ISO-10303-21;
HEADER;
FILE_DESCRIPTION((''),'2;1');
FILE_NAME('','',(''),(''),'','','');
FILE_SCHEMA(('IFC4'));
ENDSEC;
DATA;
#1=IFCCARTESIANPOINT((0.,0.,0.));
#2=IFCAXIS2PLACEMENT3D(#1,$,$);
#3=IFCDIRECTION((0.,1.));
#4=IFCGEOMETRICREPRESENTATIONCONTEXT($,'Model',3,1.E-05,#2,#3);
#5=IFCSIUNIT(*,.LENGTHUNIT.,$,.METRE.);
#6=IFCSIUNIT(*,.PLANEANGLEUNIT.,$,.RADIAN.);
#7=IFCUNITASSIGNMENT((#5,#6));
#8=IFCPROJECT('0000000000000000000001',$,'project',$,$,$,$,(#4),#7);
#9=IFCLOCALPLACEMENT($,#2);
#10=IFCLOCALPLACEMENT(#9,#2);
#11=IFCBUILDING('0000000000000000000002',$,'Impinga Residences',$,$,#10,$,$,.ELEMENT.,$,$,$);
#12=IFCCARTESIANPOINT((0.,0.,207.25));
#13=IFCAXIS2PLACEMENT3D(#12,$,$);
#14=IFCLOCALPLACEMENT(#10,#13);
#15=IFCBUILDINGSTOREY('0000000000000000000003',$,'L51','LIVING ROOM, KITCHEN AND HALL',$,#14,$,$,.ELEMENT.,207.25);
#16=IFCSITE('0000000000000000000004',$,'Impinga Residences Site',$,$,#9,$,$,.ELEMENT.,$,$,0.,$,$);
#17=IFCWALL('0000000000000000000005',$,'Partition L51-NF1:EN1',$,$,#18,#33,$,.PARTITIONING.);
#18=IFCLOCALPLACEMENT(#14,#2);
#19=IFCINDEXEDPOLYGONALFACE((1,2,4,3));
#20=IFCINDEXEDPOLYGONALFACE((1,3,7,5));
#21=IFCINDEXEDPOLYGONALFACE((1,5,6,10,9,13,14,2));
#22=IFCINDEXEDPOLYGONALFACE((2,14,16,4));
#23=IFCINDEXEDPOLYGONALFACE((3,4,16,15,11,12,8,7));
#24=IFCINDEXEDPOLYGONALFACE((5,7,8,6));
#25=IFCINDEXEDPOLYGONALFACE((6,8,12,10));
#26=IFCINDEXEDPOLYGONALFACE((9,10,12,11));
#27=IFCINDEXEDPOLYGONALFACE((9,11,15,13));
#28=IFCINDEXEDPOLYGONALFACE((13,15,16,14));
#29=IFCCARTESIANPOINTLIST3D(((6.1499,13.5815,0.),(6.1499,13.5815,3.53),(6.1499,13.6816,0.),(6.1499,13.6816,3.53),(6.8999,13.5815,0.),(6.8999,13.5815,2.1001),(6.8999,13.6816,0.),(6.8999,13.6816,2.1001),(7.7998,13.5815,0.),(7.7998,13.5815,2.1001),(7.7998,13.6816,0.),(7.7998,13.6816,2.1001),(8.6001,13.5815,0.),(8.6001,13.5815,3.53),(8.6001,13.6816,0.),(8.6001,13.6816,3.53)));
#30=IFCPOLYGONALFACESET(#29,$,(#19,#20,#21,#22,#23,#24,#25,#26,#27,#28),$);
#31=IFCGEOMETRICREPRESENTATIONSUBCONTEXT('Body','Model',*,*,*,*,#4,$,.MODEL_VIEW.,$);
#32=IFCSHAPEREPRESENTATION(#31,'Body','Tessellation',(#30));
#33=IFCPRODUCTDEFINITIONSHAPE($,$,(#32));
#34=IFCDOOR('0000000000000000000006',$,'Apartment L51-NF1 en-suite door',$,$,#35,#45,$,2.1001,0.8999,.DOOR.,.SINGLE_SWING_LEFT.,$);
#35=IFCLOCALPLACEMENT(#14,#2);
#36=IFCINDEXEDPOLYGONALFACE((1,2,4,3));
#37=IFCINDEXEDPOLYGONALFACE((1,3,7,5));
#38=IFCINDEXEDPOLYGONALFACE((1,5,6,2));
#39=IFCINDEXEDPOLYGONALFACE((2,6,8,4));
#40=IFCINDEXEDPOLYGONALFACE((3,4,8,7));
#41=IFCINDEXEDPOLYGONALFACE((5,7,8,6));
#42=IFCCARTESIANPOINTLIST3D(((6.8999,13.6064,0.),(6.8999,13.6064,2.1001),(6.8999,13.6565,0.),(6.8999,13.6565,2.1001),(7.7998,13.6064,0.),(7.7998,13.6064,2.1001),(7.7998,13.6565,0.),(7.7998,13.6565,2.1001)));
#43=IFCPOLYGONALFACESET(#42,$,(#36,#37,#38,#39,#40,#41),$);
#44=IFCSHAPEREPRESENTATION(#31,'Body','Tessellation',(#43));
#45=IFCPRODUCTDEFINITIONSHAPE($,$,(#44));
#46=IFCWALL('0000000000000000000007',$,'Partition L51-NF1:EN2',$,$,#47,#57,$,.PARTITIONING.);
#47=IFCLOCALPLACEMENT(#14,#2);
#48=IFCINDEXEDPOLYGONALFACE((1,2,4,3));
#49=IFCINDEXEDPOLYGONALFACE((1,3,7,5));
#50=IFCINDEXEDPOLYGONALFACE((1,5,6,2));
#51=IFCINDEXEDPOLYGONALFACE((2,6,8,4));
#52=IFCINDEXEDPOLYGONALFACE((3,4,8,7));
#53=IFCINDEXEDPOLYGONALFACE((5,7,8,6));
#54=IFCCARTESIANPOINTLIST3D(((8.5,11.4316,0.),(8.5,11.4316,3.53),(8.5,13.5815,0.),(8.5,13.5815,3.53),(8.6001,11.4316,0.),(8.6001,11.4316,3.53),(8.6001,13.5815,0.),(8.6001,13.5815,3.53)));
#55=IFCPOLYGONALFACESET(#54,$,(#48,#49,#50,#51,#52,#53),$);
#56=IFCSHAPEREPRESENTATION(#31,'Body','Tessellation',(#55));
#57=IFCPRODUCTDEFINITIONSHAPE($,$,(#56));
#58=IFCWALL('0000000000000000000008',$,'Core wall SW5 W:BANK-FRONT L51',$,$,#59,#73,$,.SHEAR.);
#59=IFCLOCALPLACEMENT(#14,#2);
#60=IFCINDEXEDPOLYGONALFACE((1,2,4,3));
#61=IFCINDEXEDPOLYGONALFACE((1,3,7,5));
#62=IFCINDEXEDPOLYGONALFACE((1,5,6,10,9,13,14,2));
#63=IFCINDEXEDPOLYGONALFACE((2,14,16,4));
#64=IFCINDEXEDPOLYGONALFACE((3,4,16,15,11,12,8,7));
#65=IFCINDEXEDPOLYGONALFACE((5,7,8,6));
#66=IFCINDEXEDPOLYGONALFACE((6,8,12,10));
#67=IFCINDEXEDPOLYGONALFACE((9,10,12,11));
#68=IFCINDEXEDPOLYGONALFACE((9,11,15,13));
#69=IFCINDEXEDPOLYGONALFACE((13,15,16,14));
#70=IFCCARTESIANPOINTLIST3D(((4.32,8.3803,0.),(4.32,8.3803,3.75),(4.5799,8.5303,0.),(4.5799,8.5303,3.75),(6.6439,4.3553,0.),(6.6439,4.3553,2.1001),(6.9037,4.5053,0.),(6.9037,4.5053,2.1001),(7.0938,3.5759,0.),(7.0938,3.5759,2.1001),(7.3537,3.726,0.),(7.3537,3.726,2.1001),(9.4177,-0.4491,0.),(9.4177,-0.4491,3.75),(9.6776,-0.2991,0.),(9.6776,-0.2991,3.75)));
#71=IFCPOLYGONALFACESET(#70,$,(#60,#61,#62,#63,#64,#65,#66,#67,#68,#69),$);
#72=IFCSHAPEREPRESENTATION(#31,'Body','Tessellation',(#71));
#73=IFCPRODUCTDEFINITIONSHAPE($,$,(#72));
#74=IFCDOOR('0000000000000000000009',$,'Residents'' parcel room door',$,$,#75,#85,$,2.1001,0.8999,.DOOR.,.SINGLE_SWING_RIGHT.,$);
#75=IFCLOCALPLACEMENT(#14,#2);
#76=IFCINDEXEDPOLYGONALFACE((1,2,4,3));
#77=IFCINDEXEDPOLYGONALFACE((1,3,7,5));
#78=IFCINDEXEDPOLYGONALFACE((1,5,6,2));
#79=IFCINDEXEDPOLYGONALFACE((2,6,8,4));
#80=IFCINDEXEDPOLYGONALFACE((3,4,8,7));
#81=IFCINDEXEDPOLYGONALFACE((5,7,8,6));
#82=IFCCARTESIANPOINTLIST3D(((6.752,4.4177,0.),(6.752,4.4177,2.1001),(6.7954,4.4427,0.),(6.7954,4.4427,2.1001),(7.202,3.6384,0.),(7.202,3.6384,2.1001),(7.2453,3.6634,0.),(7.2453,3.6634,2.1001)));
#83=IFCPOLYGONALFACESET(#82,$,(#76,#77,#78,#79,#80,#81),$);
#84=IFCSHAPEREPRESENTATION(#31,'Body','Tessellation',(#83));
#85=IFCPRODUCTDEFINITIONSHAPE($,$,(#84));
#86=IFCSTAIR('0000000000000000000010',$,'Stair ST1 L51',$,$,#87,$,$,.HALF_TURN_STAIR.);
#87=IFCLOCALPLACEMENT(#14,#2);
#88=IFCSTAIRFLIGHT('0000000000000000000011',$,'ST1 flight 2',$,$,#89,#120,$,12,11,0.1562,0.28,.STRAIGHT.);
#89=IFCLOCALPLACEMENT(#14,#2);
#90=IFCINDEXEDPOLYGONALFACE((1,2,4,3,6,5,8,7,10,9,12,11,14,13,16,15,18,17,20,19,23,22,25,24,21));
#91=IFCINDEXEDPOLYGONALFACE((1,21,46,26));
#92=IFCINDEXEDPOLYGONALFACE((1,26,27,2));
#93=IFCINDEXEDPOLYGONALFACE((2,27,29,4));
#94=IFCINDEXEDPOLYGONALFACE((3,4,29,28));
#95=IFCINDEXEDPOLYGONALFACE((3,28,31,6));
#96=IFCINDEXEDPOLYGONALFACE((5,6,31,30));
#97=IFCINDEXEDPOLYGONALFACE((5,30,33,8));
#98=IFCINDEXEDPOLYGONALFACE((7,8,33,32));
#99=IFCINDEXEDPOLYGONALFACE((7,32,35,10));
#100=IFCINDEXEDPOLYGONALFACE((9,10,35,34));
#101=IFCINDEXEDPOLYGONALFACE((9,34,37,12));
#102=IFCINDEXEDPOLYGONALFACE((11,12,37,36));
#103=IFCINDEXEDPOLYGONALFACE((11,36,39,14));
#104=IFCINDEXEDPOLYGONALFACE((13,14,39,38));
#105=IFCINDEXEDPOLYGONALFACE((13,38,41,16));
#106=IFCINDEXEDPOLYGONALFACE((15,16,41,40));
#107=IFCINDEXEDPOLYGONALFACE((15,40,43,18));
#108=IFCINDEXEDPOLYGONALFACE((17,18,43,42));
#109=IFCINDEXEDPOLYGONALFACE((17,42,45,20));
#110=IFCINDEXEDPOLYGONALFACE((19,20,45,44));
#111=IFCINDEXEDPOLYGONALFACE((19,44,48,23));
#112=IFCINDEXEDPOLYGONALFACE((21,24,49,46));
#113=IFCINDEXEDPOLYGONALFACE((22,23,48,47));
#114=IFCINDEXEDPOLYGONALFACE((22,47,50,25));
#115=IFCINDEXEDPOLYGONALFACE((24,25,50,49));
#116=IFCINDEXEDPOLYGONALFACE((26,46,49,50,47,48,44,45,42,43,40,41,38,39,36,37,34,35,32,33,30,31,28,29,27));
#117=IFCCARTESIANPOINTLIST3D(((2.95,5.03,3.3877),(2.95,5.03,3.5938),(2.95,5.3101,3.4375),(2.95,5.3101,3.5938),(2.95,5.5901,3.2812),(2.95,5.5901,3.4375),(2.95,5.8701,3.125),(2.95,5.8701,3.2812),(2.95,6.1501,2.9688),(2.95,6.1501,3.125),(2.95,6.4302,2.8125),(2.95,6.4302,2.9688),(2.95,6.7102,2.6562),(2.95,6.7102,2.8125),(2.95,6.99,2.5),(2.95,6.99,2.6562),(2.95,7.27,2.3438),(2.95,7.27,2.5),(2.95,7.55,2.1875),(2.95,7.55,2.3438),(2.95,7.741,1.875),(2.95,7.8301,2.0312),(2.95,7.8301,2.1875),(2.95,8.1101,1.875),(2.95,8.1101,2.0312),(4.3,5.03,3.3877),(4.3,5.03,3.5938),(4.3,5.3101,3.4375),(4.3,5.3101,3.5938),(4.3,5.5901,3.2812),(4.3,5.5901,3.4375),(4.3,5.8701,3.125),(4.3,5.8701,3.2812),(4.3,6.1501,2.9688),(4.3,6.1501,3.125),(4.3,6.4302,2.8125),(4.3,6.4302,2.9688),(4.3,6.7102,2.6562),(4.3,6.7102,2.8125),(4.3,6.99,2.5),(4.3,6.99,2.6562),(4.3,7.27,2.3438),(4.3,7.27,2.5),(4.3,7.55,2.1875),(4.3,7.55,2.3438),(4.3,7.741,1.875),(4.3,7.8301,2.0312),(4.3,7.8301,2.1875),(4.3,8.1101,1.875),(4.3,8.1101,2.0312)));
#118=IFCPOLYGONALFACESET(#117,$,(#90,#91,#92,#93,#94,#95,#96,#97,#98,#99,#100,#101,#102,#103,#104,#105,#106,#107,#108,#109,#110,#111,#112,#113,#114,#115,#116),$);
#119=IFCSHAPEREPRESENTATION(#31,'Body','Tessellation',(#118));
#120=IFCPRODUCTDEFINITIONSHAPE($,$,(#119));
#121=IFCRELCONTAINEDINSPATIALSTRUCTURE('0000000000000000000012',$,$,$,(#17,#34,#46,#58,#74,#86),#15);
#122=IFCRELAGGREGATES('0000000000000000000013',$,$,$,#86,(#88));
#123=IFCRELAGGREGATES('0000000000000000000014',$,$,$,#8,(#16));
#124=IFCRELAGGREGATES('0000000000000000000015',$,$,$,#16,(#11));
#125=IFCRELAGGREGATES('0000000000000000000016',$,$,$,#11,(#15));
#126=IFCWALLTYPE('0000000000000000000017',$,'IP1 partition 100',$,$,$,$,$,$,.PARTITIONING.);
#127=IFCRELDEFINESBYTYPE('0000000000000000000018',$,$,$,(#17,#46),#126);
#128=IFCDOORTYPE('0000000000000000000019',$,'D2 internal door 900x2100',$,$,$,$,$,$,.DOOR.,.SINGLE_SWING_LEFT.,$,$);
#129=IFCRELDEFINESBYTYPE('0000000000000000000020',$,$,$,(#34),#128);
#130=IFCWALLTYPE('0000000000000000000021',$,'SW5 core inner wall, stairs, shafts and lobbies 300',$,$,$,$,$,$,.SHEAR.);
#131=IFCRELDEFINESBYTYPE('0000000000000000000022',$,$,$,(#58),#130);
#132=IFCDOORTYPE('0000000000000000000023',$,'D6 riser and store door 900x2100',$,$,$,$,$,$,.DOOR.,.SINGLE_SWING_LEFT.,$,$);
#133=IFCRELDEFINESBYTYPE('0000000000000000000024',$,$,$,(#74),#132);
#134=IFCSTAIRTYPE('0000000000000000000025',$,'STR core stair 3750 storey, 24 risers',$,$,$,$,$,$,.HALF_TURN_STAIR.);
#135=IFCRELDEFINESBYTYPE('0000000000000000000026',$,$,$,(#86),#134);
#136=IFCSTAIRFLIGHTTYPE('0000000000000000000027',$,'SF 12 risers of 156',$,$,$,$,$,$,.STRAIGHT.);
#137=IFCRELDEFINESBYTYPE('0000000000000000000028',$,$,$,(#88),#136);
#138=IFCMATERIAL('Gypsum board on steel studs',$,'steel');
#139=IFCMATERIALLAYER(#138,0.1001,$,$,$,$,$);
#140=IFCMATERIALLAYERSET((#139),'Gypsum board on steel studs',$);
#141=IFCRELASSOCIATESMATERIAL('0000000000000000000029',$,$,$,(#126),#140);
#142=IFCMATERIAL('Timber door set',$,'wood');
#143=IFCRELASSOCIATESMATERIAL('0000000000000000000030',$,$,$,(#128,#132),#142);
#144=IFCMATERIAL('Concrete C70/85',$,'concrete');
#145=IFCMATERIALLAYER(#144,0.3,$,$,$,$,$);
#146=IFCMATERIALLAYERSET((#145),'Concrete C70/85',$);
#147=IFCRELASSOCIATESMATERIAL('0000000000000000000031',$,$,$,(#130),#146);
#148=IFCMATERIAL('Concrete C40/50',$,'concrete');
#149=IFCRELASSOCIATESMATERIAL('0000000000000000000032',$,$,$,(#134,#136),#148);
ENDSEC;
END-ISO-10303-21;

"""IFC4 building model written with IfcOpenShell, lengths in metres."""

from ifc_helpers import new_model, si_unit, direction, frame, frame_2d, origin, place, context, subcontext, project, spatial, polyline, rectangle, outline, extrude, material, layer, layer_set, type_object, element, fill, aggregate, save


model = new_model("IFC4")

# Units and contexts
model_context = context("Model", 3, precision=1e-05, world=origin(), true_north=direction((0.0, 1.0)))
body_context = subcontext(model_context, "Body", "Model", "MODEL_VIEW")
ifc_project = project(units=[si_unit("LENGTHUNIT", "METRE"), si_unit("PLANEANGLEUNIT", "RADIAN")], contexts=[model_context])

# Site, building, storey
site_placement = place(None, origin())
site = spatial("IfcSite", under=ifc_project, at=site_placement, Name="Impinga Residences Site", CompositionType="ELEMENT", RefElevation=0.0)
building_placement = place(site_placement, origin())
building = spatial("IfcBuilding", under=site, at=building_placement, Name="Impinga Residences", CompositionType="ELEMENT")
storey_placement = place(building_placement, frame((0.0, 0.0, 207.25)))
storey = spatial("IfcBuildingStorey", under=building, at=storey_placement, Name="L51", Description="LIVING ROOM, KITCHEN AND HALL", CompositionType="ELEMENT", Elevation=207.25)

# Shared definitions
ifc_material_1 = material(Name="Timber door set", Category="wood")

# Shared definitions
ifc_material_2 = material(Name="Gypsum board on steel studs", Category="steel")
ifc_layer_1 = layer(ifc_material_2, 0.1001)
ifc_layer_set_1 = layer_set([ifc_layer_1], Name="Gypsum board on steel studs")
wall_type_1 = type_object("IfcWallType", Name="IP1 partition 100", PredefinedType="PARTITIONING", material=ifc_layer_set_1)

# Shared definitions
door_type_1 = type_object("IfcDoorType", Name="D2 internal door 900x2100", OperationType="SINGLE_SWING_LEFT", PredefinedType="DOOR", material=ifc_material_1)

# Wall, opening, door
wall_1_placement = place(storey_placement, frame((6.1499, 13.6316, 0.0), z_axis=(0.0, 0.0, 1.0), x_axis=(1.0, 0.0, 0.0)))
wall_1 = element("IfcWall", 1, at=wall_1_placement, inside=storey, type_object=wall_type_1, Name="Partition L51-NF1:EN1", PredefinedType="PARTITIONING", context=body_context, shape_type="SweptSolid", body=[
    extrude(rectangle(XDim=2.4502, YDim=0.1001, at=frame_2d((1.2251, 0.0))), origin(), (0.0, 0.0, 1.0), 3.53),
])
opening_1_placement = place(wall_1_placement, frame((0.75, 0.0, 0.0)))
opening_1 = element("IfcOpeningElement", 2, at=opening_1_placement, cuts=wall_1, PredefinedType="OPENING", context=body_context, shape_type="SweptSolid", body=[
    extrude(rectangle(XDim=0.8999, YDim=2.1001, at=frame_2d((0.45, 1.05))), frame((0.0, 0.0601, 0.0), z_axis=(0.0, -1.0, 0.0), x_axis=(1.0, 0.0, 0.0)), (0.0, 0.0, 1.0), 0.1201),
])
door_1_placement = place(opening_1_placement, origin())
door_1 = element("IfcDoor", 3, at=door_1_placement, inside=storey, type_object=door_type_1, Name="Apartment L51-NF1 en-suite door", OperationType="SINGLE_SWING_LEFT", OverallHeight=2.1001, OverallWidth=0.8999, PredefinedType="DOOR", context=body_context, shape_type="SweptSolid", body=[
    extrude(rectangle(XDim=0.8999, YDim=2.1001, at=frame_2d((0.45, 1.05))), frame((0.0, 0.0249, 0.0), z_axis=(0.0, -1.0, 0.0), x_axis=(1.0, 0.0, 0.0)), (0.0, 0.0, 1.0), 0.05),
])
fill(opening_1, door_1)

# Wall
wall_2_placement = place(storey_placement, frame((8.55, 11.4316, 0.0), z_axis=(0.0, 0.0, 1.0), x_axis=(0.0, 1.0, 0.0)))
element("IfcWall", 4, at=wall_2_placement, inside=storey, type_object=wall_type_1, Name="Partition L51-NF1:EN2", PredefinedType="PARTITIONING", context=body_context, shape_type="SweptSolid", body=[
    extrude(rectangle(XDim=2.1499, YDim=0.1001, at=frame_2d((1.075, 0.0))), origin(), (0.0, 0.0, 1.0), 3.53),
])

# Wall, opening, door
ifc_material_3 = material(Name="Concrete C70/85", Category="concrete")
ifc_layer_2 = layer(ifc_material_3, 0.3)
ifc_layer_set_2 = layer_set([ifc_layer_2], Name="Concrete C70/85")
wall_type_2 = type_object("IfcWallType", Name="SW5 core inner wall, stairs, shafts and lobbies 300", PredefinedType="SHEAR", material=ifc_layer_set_2)
wall_3_placement = place(storey_placement, frame((4.45, 8.4553, 0.0), z_axis=(0.0, 0.0, 1.0), x_axis=(0.500002, -0.866024, 0.0)))
wall_3 = element("IfcWall", 5, at=wall_3_placement, inside=storey, type_object=wall_type_2, Name="Core wall SW5 W:BANK-FRONT L51", PredefinedType="SHEAR", context=body_context, shape_type="SweptSolid", body=[
    extrude(rectangle(XDim=10.1953, YDim=0.3, at=frame_2d((5.0977, 0.0))), origin(), (0.0, 0.0, 1.0), 3.75),
])
opening_2_placement = place(wall_3_placement, frame((4.6477, 0.0, 0.0)))
opening_2 = element("IfcOpeningElement", 6, at=opening_2_placement, cuts=wall_3, PredefinedType="OPENING", context=body_context, shape_type="SweptSolid", body=[
    extrude(rectangle(XDim=0.8999, YDim=2.1001, at=frame_2d((0.45, 1.05))), frame((0.0, 0.1599, 0.0), z_axis=(0.0, -1.0, 0.0), x_axis=(1.0, 0.0, 0.0)), (0.0, 0.0, 1.0), 0.3201),
])
door_type_2 = type_object("IfcDoorType", Name="D6 riser and store door 900x2100", OperationType="SINGLE_SWING_LEFT", PredefinedType="DOOR", material=ifc_material_1)
door_2_placement = place(opening_2_placement, origin())
door_2 = element("IfcDoor", 7, at=door_2_placement, inside=storey, type_object=door_type_2, Name="Residents' parcel room door", OperationType="SINGLE_SWING_RIGHT", OverallHeight=2.1001, OverallWidth=0.8999, PredefinedType="DOOR", context=body_context, shape_type="SweptSolid", body=[
    extrude(rectangle(XDim=0.8999, YDim=2.1001, at=frame_2d((0.45, 1.05))), frame((0.0, 0.0249, 0.0), z_axis=(0.0, -1.0, 0.0), x_axis=(1.0, 0.0, 0.0)), (0.0, 0.0, 1.0), 0.05),
])
fill(opening_2, door_2)

# Stair, stair flight
ifc_material_4 = material(Name="Concrete C40/50", Category="concrete")
stair_type = type_object("IfcStairType", Name="STR core stair 3750 storey, 24 risers", PredefinedType="HALF_TURN_STAIR", material=ifc_material_4)
stair_placement = place(storey_placement, origin())
stair = element("IfcStair", 8, at=stair_placement, inside=storey, type_object=stair_type, Name="Stair ST1 L51", PredefinedType="HALF_TURN_STAIR")
stair_flight_type = type_object("IfcStairFlightType", Name="SF 12 risers of 156", PredefinedType="STRAIGHT", material=ifc_material_4)
stair_flight_placement = place(storey_placement, frame((3.625, 8.1101, 1.875), z_axis=(0.0, 0.0, 1.0), x_axis=(0.0, -1.0, 0.0)))
stair_flight = element("IfcStairFlight", 9, at=stair_flight_placement, type_object=stair_flight_type, Name="ST1 flight 2", NumberOfRisers=12, NumberOfTreads=11, PredefinedType="STRAIGHT", RiserHeight=0.1562, TreadLength=0.28, context=body_context, shape_type="SweptSolid", body=[
    extrude(outline(polyline([(0.0, 0.0), (0.0, 0.1562), (0.28, 0.1562), (0.28, 0.3125), (0.5601, 0.3125), (0.5601, 0.4688), (0.8401, 0.4688), (0.8401, 0.625), (1.1201, 0.625), (1.1201, 0.7812), (1.3999, 0.7812), (1.3999, 0.9375), (1.6799, 0.9375), (1.6799, 1.0938), (1.96, 1.0938), (1.96, 1.25), (2.24, 1.25), (2.24, 1.4062), (2.52, 1.4062), (2.52, 1.5625), (2.8, 1.5625), (2.8, 1.7188), (3.0801, 1.7188), (3.0801, 1.875), (3.0801, 1.5127), (0.3691, 0.0), (0.0, 0.0)])), frame((0.0, 0.675, 0.0), z_axis=(0.0, -1.0, 0.0), x_axis=(1.0, 0.0, 0.0)), (0.0, 0.0, 1.0), 1.3501),
])
aggregate(stair, [stair_flight])

save(model, "model.ifc")
